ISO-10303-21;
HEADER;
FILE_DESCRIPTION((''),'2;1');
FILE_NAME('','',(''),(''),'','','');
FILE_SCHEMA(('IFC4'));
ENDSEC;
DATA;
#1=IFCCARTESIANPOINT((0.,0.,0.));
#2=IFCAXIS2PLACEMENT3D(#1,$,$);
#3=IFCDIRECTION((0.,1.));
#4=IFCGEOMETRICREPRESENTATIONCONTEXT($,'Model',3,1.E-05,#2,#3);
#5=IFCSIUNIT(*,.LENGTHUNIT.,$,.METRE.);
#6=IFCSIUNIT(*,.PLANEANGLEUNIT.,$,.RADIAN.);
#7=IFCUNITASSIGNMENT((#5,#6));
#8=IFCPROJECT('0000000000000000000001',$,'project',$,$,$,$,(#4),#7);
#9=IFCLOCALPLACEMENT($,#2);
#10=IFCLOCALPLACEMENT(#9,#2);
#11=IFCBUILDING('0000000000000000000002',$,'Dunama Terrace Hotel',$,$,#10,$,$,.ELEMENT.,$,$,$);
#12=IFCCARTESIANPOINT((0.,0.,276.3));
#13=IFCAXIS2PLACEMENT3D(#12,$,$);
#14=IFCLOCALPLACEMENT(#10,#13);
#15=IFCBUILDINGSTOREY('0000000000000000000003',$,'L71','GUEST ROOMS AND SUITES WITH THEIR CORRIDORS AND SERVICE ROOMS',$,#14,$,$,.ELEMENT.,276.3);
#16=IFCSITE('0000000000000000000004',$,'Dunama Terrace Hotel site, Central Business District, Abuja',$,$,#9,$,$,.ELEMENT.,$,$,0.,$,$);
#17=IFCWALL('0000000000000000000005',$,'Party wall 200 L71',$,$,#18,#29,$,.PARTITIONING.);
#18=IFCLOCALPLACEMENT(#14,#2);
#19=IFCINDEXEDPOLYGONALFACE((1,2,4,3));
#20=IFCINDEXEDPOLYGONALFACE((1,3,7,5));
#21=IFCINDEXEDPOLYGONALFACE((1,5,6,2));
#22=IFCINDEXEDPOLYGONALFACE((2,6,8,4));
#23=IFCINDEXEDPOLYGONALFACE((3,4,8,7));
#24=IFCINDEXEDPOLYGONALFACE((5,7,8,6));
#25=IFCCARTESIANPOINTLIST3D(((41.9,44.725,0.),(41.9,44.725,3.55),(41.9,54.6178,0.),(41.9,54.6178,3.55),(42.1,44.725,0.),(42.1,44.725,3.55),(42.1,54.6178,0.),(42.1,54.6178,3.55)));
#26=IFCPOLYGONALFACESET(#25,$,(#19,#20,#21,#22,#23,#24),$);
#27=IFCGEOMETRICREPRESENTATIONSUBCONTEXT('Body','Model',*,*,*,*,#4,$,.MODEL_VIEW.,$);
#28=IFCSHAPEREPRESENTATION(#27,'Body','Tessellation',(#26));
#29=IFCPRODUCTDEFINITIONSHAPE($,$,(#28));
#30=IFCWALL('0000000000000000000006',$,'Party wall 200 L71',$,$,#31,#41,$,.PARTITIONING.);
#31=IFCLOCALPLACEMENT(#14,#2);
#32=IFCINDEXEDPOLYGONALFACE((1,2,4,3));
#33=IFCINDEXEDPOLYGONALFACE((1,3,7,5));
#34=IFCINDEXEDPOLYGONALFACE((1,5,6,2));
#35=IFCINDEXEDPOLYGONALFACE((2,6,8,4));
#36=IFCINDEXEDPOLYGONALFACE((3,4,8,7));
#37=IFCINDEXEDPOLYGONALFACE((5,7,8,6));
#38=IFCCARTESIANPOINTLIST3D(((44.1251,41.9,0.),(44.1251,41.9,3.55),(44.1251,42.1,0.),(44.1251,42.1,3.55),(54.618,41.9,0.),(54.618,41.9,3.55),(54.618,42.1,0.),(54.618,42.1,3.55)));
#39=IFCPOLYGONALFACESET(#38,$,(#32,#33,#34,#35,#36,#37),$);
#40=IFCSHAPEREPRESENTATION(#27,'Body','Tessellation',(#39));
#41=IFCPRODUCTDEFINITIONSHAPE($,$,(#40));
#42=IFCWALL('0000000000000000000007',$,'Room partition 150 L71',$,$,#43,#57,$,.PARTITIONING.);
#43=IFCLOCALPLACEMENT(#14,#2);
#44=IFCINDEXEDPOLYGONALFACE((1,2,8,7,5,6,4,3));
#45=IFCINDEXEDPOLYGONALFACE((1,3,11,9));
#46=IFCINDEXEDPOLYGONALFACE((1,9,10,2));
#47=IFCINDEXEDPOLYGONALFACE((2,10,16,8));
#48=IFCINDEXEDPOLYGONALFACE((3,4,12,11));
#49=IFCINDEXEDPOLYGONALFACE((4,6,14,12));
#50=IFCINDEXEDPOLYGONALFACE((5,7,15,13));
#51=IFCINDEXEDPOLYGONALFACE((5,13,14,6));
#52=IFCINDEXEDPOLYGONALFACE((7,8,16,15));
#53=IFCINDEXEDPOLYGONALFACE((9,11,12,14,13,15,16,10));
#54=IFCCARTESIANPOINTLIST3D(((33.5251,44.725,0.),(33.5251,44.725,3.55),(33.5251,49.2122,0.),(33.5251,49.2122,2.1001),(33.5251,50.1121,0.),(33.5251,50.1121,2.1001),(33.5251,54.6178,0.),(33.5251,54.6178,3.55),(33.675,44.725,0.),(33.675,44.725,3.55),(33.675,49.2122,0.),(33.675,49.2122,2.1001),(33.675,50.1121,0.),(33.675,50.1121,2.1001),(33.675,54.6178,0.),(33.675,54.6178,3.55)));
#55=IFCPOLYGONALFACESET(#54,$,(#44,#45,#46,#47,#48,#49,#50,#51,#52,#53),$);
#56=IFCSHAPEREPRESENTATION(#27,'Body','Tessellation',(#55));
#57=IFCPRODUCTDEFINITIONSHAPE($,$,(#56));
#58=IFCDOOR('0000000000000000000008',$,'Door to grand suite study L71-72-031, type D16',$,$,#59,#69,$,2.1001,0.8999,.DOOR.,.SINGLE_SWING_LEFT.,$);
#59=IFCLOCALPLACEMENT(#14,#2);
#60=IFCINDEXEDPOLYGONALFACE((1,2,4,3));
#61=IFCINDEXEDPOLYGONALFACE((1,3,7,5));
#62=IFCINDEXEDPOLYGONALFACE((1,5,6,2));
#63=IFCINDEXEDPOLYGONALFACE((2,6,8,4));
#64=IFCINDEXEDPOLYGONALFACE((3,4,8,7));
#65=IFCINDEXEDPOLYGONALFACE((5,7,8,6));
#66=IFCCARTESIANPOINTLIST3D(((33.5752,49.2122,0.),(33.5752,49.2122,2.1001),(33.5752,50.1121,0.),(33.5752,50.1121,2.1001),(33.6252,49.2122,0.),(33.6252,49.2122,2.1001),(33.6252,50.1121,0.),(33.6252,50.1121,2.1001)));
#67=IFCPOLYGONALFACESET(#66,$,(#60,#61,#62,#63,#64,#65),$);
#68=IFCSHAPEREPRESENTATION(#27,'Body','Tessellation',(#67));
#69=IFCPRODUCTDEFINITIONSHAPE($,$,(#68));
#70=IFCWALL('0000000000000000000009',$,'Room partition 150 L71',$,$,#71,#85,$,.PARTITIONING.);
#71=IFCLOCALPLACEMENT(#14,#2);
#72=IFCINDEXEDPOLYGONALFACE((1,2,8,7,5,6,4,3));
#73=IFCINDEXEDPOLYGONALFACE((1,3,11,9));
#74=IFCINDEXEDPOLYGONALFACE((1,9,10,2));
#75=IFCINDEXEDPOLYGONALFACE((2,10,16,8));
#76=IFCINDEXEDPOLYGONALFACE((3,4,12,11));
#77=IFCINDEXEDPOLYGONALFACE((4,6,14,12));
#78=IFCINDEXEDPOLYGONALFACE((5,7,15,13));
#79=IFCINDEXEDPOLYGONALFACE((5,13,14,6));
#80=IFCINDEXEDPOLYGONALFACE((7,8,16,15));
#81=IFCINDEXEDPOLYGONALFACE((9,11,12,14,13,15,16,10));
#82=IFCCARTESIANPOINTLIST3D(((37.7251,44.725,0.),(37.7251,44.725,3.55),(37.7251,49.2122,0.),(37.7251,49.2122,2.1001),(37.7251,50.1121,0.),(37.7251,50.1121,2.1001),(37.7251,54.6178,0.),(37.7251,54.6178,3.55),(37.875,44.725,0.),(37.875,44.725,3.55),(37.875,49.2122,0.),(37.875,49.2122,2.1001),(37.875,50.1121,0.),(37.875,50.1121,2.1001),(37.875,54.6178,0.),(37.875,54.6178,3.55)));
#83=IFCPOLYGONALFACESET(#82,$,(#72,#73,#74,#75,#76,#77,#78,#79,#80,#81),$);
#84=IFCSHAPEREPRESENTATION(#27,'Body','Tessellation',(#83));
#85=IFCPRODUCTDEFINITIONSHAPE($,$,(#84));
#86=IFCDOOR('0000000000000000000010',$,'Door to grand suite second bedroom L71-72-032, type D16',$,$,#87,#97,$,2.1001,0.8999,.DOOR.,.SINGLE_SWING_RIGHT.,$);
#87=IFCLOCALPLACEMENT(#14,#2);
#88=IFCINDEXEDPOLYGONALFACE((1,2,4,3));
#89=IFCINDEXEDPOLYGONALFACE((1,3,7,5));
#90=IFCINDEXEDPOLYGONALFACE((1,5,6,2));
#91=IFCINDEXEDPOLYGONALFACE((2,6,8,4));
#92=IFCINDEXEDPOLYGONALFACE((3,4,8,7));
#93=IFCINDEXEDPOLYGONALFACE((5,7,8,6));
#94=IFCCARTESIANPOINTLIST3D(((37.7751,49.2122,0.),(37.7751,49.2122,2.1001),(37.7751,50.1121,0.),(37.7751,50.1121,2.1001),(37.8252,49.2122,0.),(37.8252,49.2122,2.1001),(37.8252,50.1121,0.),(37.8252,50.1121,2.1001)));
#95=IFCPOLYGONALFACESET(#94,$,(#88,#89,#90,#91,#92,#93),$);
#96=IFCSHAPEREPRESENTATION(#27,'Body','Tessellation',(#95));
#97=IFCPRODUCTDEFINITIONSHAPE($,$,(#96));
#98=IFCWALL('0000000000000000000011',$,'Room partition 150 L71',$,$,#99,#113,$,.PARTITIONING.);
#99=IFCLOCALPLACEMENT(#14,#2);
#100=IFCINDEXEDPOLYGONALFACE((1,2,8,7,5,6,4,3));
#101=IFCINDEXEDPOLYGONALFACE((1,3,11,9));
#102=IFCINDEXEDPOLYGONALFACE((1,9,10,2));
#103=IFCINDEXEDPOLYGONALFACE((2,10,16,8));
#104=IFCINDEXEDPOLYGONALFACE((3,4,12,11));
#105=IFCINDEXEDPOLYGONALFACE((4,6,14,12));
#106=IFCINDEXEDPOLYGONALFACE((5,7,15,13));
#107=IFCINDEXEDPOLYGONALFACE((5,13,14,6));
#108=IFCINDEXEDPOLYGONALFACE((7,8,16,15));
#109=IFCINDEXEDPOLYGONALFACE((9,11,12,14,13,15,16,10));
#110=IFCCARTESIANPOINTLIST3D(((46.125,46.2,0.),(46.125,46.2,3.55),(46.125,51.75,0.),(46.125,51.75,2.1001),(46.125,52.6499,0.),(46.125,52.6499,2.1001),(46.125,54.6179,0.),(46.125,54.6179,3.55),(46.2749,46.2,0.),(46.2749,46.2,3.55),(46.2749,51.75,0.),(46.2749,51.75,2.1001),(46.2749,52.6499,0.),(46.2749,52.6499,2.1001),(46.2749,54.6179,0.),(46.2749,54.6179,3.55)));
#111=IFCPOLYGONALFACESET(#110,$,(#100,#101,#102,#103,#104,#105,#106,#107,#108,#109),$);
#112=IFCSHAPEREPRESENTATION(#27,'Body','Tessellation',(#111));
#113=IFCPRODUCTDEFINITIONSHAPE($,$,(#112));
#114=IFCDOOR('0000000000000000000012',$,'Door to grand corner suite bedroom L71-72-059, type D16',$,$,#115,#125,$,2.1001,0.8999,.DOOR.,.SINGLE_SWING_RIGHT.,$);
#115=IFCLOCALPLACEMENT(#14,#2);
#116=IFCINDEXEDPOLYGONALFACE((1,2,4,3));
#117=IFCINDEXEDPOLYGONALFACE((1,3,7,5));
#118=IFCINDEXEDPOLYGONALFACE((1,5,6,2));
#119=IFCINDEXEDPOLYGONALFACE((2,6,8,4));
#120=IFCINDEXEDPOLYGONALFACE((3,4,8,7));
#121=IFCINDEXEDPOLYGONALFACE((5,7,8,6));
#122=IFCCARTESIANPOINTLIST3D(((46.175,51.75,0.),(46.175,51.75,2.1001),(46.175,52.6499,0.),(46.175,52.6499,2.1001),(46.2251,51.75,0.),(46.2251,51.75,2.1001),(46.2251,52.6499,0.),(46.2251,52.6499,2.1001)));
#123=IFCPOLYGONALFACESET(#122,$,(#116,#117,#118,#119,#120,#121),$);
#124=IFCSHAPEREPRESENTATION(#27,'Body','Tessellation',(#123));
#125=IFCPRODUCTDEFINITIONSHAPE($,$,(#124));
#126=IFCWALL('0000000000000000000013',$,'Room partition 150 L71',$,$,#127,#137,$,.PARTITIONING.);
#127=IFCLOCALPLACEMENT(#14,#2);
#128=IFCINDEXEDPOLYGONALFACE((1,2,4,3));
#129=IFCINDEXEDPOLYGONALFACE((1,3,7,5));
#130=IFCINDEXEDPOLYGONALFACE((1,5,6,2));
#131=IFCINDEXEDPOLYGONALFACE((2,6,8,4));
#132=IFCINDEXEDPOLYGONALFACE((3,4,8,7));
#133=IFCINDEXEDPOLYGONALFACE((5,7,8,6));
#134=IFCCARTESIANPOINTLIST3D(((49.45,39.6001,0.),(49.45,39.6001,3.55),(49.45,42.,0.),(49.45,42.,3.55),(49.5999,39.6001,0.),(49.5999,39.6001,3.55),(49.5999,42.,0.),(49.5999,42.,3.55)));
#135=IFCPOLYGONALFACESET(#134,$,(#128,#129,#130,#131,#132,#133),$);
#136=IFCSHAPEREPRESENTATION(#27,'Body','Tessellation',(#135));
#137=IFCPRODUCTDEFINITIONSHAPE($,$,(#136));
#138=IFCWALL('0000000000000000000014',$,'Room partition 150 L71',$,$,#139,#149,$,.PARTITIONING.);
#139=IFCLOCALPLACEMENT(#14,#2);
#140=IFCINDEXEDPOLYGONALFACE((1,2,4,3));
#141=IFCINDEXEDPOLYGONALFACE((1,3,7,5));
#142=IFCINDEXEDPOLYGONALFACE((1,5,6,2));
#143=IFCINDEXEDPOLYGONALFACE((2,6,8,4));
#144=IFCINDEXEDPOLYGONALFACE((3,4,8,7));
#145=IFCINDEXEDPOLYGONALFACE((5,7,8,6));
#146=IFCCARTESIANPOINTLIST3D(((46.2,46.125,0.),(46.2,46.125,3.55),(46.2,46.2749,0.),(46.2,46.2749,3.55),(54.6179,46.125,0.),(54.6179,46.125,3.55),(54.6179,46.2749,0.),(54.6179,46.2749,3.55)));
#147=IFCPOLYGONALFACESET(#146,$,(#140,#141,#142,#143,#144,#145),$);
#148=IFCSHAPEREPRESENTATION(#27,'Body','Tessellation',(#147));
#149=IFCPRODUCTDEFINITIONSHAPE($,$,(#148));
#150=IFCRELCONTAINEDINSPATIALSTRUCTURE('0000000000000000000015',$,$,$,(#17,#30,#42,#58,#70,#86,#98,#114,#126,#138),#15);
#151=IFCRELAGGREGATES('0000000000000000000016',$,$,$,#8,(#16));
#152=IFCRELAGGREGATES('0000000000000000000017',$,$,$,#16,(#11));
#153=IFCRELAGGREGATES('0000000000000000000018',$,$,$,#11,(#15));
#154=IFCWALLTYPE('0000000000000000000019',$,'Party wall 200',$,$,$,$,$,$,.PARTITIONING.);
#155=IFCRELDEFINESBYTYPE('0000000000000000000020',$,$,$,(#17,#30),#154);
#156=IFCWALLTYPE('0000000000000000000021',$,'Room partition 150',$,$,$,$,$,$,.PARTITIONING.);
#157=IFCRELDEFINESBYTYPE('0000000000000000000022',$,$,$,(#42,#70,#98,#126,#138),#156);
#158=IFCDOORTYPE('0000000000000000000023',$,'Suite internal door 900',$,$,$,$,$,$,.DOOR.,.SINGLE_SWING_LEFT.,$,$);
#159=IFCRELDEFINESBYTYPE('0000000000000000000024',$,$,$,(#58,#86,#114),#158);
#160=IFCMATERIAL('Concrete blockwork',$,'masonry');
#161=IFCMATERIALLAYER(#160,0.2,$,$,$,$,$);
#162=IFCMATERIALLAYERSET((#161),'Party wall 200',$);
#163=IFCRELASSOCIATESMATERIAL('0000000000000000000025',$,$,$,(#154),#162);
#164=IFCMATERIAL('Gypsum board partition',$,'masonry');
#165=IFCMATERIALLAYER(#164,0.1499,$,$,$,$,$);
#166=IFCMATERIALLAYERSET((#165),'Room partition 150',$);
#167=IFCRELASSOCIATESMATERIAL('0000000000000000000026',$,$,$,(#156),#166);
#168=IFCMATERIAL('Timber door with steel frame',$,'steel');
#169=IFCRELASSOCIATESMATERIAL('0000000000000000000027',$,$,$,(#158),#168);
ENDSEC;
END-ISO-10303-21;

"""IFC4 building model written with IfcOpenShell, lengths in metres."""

from ifc_helpers import new_model, si_unit, direction, frame, frame_2d, origin, place, context, subcontext, project, spatial, rectangle, extrude, material, layer, layer_set, type_object, element, fill, save


model = new_model("IFC4")

# Units and contexts
model_context = context("Model", 3, precision=1e-05, world=origin(), true_north=direction((0.0, 1.0)))
body_context = subcontext(model_context, "Body", "Model", "MODEL_VIEW")
ifc_project = project(units=[si_unit("LENGTHUNIT", "METRE"), si_unit("PLANEANGLEUNIT", "RADIAN")], contexts=[model_context])

# Site, building, storey
site_placement = place(None, origin())
site = spatial("IfcSite", under=ifc_project, at=site_placement, Name="Dunama Terrace Hotel site, Central Business District, Abuja", CompositionType="ELEMENT", RefElevation=0.0)
building_placement = place(site_placement, origin())
building = spatial("IfcBuilding", under=site, at=building_placement, Name="Dunama Terrace Hotel", CompositionType="ELEMENT")
storey_placement = place(building_placement, frame((0.0, 0.0, 276.3)))
storey = spatial("IfcBuildingStorey", under=building, at=storey_placement, Name="L71", Description="GUEST ROOMS AND SUITES WITH THEIR CORRIDORS AND SERVICE ROOMS", CompositionType="ELEMENT", Elevation=276.3)

# Walls
ifc_material_1 = material(Name="Concrete blockwork", Category="masonry")
ifc_layer_1 = layer(ifc_material_1, 0.2)
ifc_layer_set_1 = layer_set([ifc_layer_1], Name="Party wall 200")
wall_type_1 = type_object("IfcWallType", Name="Party wall 200", PredefinedType="PARTITIONING", material=ifc_layer_set_1)
wall_1_placement = place(storey_placement, frame((42.0, 44.7251, 0.0), z_axis=(0.0, 0.0, 1.0), x_axis=(0.0, 1.0, 0.0)))
element("IfcWall", 1, at=wall_1_placement, inside=storey, type_object=wall_type_1, Name="Party wall 200 L71", PredefinedType="PARTITIONING", context=body_context, shape_type="SweptSolid", body=[
    extrude(rectangle(XDim=9.8928, YDim=0.2, at=frame_2d((4.9463, 0.0))), origin(), (0.0, 0.0, 1.0), 3.55),
])
wall_2_placement = place(storey_placement, frame((44.125, 42.0, 0.0), z_axis=(0.0, 0.0, 1.0), x_axis=(1.0, 0.0, 0.0)))
element("IfcWall", 2, at=wall_2_placement, inside=storey, type_object=wall_type_1, Name="Party wall 200 L71", PredefinedType="PARTITIONING", context=body_context, shape_type="SweptSolid", body=[
    extrude(rectangle(XDim=10.4929, YDim=0.2, at=frame_2d((5.2466, 0.0))), origin(), (0.0, 0.0, 1.0), 3.55),
])

# Walls, openings, doors
ifc_material_2 = material(Name="Gypsum board partition", Category="masonry")
ifc_layer_2 = layer(ifc_material_2, 0.1499)
ifc_layer_set_2 = layer_set([ifc_layer_2], Name="Room partition 150")
wall_type_2 = type_object("IfcWallType", Name="Room partition 150", PredefinedType="PARTITIONING", material=ifc_layer_set_2)
wall_3_placement = place(storey_placement, frame((33.6001, 44.7251, 0.0), z_axis=(0.0, 0.0, 1.0), x_axis=(0.0, 1.0, 0.0)))
wall_3 = element("IfcWall", 3, at=wall_3_placement, inside=storey, type_object=wall_type_2, Name="Room partition 150 L71", PredefinedType="PARTITIONING", context=body_context, shape_type="SweptSolid", body=[
    extrude(rectangle(XDim=9.8928, YDim=0.1499, at=frame_2d((4.9463, 0.0))), origin(), (0.0, 0.0, 1.0), 3.55),
])
opening_1_placement = place(wall_3_placement, frame((4.4871, 0.0, 0.0)))
opening_1 = element("IfcOpeningElement", 4, at=opening_1_placement, cuts=wall_3, PredefinedType="OPENING", context=body_context, shape_type="SweptSolid", body=[
    extrude(rectangle(XDim=0.8999, YDim=2.1001, at=frame_2d((0.45, 1.05))), frame((0.0, 0.085, 0.0), z_axis=(0.0, -1.0, 0.0), x_axis=(1.0, 0.0, 0.0)), (0.0, 0.0, 1.0), 0.1699),
])
ifc_material_3 = material(Name="Timber door with steel frame", Category="steel")
door_type_1 = type_object("IfcDoorType", Name="Suite internal door 900", OperationType="SINGLE_SWING_LEFT", PredefinedType="DOOR", material=ifc_material_3)
door_1_placement = place(opening_1_placement, origin())
door_1 = element("IfcDoor", 5, at=door_1_placement, inside=storey, type_object=door_type_1, Name="Door to grand suite study L71-72-031, type D16", OperationType="SINGLE_SWING_LEFT", OverallHeight=2.1001, OverallWidth=0.8999, PredefinedType="DOOR", context=body_context, shape_type="SweptSolid", body=[
    extrude(rectangle(XDim=0.8999, YDim=2.1001, at=frame_2d((0.45, 1.05))), frame((0.0, 0.0249, 0.0), z_axis=(0.0, -1.0, 0.0), x_axis=(1.0, 0.0, 0.0)), (0.0, 0.0, 1.0), 0.05),
])
fill(opening_1, door_1)
wall_4_placement = place(storey_placement, frame((37.8, 44.7251, 0.0), z_axis=(0.0, 0.0, 1.0), x_axis=(0.0, 1.0, 0.0)))
wall_4 = element("IfcWall", 6, at=wall_4_placement, inside=storey, type_object=wall_type_2, Name="Room partition 150 L71", PredefinedType="PARTITIONING", context=body_context, shape_type="SweptSolid", body=[
    extrude(rectangle(XDim=9.8928, YDim=0.1499, at=frame_2d((4.9463, 0.0))), origin(), (0.0, 0.0, 1.0), 3.55),
])
opening_2_placement = place(wall_4_placement, frame((4.4871, 0.0, 0.0)))
opening_2 = element("IfcOpeningElement", 7, at=opening_2_placement, cuts=wall_4, PredefinedType="OPENING", context=body_context, shape_type="SweptSolid", body=[
    extrude(rectangle(XDim=0.8999, YDim=2.1001, at=frame_2d((0.45, 1.05))), frame((0.0, 0.085, 0.0), z_axis=(0.0, -1.0, 0.0), x_axis=(1.0, 0.0, 0.0)), (0.0, 0.0, 1.0), 0.1699),
])
door_2_placement = place(opening_2_placement, frame((0.8999, 0.0, 0.0), z_axis=(0.0, 0.0, 1.0), x_axis=(-1.0, 0.0, 0.0)))
door_2 = element("IfcDoor", 8, at=door_2_placement, inside=storey, type_object=door_type_1, Name="Door to grand suite second bedroom L71-72-032, type D16", OperationType="SINGLE_SWING_RIGHT", OverallHeight=2.1001, OverallWidth=0.8999, PredefinedType="DOOR", context=body_context, shape_type="SweptSolid", body=[
    extrude(rectangle(XDim=0.8999, YDim=2.1001, at=frame_2d((0.45, 1.05))), frame((0.0, 0.0251, 0.0), z_axis=(0.0, -1.0, 0.0), x_axis=(1.0, 0.0, 0.0)), (0.0, 0.0, 1.0), 0.05),
])
fill(opening_2, door_2)
wall_5_placement = place(storey_placement, frame((46.2, 46.2, 0.0), z_axis=(0.0, 0.0, 1.0), x_axis=(0.0, 1.0, 0.0)))
wall_5 = element("IfcWall", 9, at=wall_5_placement, inside=storey, type_object=wall_type_2, Name="Room partition 150 L71", PredefinedType="PARTITIONING", context=body_context, shape_type="SweptSolid", body=[
    extrude(rectangle(XDim=8.418, YDim=0.1499, at=frame_2d((4.209, 0.0))), origin(), (0.0, 0.0, 1.0), 3.55),
])
opening_3_placement = place(wall_5_placement, frame((5.55, 0.0, 0.0)))
opening_3 = element("IfcOpeningElement", 10, at=opening_3_placement, cuts=wall_5, PredefinedType="OPENING", context=body_context, shape_type="SweptSolid", body=[
    extrude(rectangle(XDim=0.8999, YDim=2.1001, at=frame_2d((0.45, 1.05))), frame((0.0, 0.085, 0.0), z_axis=(0.0, -1.0, 0.0), x_axis=(1.0, 0.0, 0.0)), (0.0, 0.0, 1.0), 0.1699),
])
door_3_placement = place(opening_3_placement, frame((0.8999, 0.0, 0.0), z_axis=(0.0, 0.0, 1.0), x_axis=(-1.0, 0.0, 0.0)))
door_3 = element("IfcDoor", 11, at=door_3_placement, inside=storey, type_object=door_type_1, Name="Door to grand corner suite bedroom L71-72-059, type D16", OperationType="SINGLE_SWING_RIGHT", OverallHeight=2.1001, OverallWidth=0.8999, PredefinedType="DOOR", context=body_context, shape_type="SweptSolid", body=[
    extrude(rectangle(XDim=0.8999, YDim=2.1001, at=frame_2d((0.45, 1.05))), frame((0.0, 0.0251, 0.0), z_axis=(0.0, -1.0, 0.0), x_axis=(1.0, 0.0, 0.0)), (0.0, 0.0, 1.0), 0.05),
])
fill(opening_3, door_3)

# Walls
wall_6_placement = place(storey_placement, frame((49.5249, 39.6001, 0.0), z_axis=(0.0, 0.0, 1.0), x_axis=(0.0, 1.0, 0.0)))
element("IfcWall", 12, at=wall_6_placement, inside=storey, type_object=wall_type_2, Name="Room partition 150 L71", PredefinedType="PARTITIONING", context=body_context, shape_type="SweptSolid", body=[
    extrude(rectangle(XDim=2.3999, YDim=0.1499, at=frame_2d((1.2, 0.0))), origin(), (0.0, 0.0, 1.0), 3.55),
])
wall_7_placement = place(storey_placement, frame((46.2, 46.2, 0.0), z_axis=(0.0, 0.0, 1.0), x_axis=(1.0, 0.0, 0.0)))
element("IfcWall", 13, at=wall_7_placement, inside=storey, type_object=wall_type_2, Name="Room partition 150 L71", PredefinedType="PARTITIONING", context=body_context, shape_type="SweptSolid", body=[
    extrude(rectangle(XDim=8.418, YDim=0.1499, at=frame_2d((4.209, 0.0))), origin(), (0.0, 0.0, 1.0), 3.55),
])

save(model, "model.ifc")
